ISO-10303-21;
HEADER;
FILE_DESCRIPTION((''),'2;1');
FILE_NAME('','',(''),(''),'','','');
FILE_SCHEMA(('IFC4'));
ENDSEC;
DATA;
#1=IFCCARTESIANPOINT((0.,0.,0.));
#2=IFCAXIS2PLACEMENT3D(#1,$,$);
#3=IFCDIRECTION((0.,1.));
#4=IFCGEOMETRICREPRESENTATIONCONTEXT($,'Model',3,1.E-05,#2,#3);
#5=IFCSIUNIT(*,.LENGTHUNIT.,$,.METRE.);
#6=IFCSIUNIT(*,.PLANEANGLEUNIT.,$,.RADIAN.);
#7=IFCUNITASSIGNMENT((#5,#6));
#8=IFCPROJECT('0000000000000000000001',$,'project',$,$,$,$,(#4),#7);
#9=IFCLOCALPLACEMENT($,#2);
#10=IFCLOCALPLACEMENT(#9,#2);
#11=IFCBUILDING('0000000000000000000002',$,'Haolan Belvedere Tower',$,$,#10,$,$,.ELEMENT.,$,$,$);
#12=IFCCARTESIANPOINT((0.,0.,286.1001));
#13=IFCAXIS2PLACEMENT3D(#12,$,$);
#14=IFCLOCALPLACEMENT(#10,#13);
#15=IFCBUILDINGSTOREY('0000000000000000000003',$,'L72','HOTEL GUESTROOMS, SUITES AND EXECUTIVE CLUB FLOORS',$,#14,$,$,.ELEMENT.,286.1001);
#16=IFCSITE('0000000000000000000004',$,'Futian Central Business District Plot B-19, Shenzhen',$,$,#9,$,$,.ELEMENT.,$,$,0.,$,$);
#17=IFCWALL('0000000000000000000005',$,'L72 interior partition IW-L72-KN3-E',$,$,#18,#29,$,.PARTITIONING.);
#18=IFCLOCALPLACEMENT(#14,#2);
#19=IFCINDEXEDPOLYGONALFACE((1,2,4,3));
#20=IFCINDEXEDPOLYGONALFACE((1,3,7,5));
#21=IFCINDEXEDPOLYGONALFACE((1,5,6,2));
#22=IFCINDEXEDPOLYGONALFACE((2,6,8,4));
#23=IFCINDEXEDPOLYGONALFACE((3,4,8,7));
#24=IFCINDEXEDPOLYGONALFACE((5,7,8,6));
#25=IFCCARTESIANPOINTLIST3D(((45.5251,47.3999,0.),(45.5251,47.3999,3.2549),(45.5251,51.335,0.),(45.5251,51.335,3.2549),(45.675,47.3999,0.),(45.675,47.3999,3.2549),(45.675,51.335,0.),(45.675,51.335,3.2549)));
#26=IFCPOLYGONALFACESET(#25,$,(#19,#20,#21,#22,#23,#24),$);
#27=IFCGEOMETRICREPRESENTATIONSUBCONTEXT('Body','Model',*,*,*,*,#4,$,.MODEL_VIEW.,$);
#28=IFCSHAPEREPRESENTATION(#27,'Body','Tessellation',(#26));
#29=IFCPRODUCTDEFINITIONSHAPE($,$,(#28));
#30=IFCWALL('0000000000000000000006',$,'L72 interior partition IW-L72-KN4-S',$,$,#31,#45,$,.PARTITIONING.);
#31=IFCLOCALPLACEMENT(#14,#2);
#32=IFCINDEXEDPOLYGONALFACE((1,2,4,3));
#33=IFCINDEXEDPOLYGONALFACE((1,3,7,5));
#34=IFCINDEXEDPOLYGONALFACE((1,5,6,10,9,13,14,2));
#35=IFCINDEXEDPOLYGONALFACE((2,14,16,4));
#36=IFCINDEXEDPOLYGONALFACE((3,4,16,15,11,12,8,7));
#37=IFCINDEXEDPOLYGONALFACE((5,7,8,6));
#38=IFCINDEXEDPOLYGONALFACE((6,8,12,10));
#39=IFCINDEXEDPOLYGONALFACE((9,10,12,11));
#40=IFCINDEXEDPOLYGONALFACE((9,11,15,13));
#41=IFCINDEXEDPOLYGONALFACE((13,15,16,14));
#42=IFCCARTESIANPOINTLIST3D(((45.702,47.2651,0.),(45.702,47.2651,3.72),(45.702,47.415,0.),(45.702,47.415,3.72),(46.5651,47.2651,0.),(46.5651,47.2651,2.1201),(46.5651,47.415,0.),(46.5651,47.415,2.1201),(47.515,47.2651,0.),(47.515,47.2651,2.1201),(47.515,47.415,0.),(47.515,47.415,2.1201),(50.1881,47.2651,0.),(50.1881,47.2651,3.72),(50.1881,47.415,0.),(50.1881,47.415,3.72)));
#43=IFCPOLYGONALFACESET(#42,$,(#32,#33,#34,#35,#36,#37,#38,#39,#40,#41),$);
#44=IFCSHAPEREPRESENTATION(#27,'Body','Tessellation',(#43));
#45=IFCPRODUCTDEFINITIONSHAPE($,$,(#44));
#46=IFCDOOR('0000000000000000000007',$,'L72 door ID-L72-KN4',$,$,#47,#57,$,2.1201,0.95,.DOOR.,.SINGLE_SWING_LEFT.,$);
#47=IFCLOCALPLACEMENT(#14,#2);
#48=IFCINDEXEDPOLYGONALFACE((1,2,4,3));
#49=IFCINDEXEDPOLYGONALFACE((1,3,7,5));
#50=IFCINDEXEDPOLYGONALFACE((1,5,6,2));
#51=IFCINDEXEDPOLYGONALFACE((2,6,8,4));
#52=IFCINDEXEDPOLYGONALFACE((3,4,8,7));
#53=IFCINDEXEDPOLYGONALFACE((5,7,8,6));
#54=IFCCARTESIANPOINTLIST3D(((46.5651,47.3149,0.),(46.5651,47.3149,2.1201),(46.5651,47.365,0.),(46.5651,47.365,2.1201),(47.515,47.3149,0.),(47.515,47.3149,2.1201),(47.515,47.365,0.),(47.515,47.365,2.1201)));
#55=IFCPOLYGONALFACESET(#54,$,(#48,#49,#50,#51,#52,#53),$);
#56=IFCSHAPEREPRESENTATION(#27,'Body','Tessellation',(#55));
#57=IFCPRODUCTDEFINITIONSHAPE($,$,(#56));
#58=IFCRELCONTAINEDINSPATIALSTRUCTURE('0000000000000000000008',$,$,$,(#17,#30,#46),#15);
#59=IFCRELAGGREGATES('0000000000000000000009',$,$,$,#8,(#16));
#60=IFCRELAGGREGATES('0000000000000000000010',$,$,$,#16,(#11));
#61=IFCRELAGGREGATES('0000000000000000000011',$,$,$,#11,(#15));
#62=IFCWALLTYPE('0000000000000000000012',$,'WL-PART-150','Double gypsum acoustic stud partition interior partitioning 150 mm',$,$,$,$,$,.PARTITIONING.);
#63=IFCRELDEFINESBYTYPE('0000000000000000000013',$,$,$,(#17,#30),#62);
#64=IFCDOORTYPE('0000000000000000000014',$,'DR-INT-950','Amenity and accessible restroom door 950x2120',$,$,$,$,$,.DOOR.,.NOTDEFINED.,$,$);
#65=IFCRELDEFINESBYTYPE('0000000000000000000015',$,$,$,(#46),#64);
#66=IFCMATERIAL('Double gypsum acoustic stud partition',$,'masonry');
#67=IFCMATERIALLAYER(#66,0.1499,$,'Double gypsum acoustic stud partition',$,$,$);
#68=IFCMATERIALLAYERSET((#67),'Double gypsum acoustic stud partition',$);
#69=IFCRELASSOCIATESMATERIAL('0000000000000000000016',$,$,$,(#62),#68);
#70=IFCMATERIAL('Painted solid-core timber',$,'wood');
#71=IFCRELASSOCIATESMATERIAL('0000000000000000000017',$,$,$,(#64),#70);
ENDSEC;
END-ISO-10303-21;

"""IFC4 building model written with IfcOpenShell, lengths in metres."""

from ifc_helpers import new_model, si_unit, direction, frame, frame_2d, origin, place, context, subcontext, project, spatial, rectangle, extrude, material, layer, layer_set, type_object, element, fill, save


model = new_model("IFC4")

# Units and contexts
model_context = context("Model", 3, precision=1e-05, world=origin(), true_north=direction((0.0, 1.0)))
body_context = subcontext(model_context, "Body", "Model", "MODEL_VIEW")
ifc_project = project(units=[si_unit("LENGTHUNIT", "METRE"), si_unit("PLANEANGLEUNIT", "RADIAN")], contexts=[model_context])

# Site, building, storey
site_placement = place(None, origin())
site = spatial("IfcSite", under=ifc_project, at=site_placement, Name="Futian Central Business District Plot B-19, Shenzhen", CompositionType="ELEMENT", RefElevation=0.0)
building_placement = place(site_placement, origin())
building = spatial("IfcBuilding", under=site, at=building_placement, Name="Haolan Belvedere Tower", CompositionType="ELEMENT")
storey_placement = place(building_placement, frame((0.0, 0.0, 286.1001)))
storey = spatial("IfcBuildingStorey", under=building, at=storey_placement, Name="L72", Description="HOTEL GUESTROOMS, SUITES AND EXECUTIVE CLUB FLOORS", CompositionType="ELEMENT", Elevation=286.1001)

# Shared definitions
ifc_material_1 = material(Name="Double gypsum acoustic stud partition", Category="masonry")
ifc_layer_1 = layer(ifc_material_1, 0.1499, Name="Double gypsum acoustic stud partition")
ifc_layer_set_1 = layer_set([ifc_layer_1], Name="Double gypsum acoustic stud partition")
wall_type_1 = type_object("IfcWallType", Name="WL-PART-150", Description="Double gypsum acoustic stud partition interior partitioning 150 mm", PredefinedType="PARTITIONING", material=ifc_layer_set_1)

# Shared definitions
ifc_material_2 = material(Name="Painted solid-core timber", Category="wood")
door_type = type_object("IfcDoorType", Name="DR-INT-950", Description="Amenity and accessible restroom door 950x2120", OperationType="NOTDEFINED", PredefinedType="DOOR", material=ifc_material_2)

# Wall
wall_1_placement = place(storey_placement, frame((45.6001, 47.3999, 0.0), z_axis=(0.0, 0.0, 1.0), x_axis=(0.0, 1.0, 0.0)))
element("IfcWall", 1, at=wall_1_placement, inside=storey, type_object=wall_type_1, Name="L72 interior partition IW-L72-KN3-E", PredefinedType="PARTITIONING", context=body_context, shape_type="SweptSolid", body=[
    extrude(rectangle(XDim=3.9351, YDim=0.1499, at=frame_2d((1.9675, 0.0))), origin(), (0.0, 0.0, 1.0), 3.2549),
])

# Wall, opening, door
wall_2_placement = place(storey_placement, frame((45.7019, 47.3401, 0.0), z_axis=(0.0, 0.0, 1.0), x_axis=(1.0, 0.0, 0.0)))
wall_2 = element("IfcWall", 2, at=wall_2_placement, inside=storey, type_object=wall_type_1, Name="L72 interior partition IW-L72-KN4-S", PredefinedType="PARTITIONING", context=body_context, shape_type="SweptSolid", body=[
    extrude(rectangle(XDim=4.4861, YDim=0.1499, at=frame_2d((2.2432, 0.0))), origin(), (0.0, 0.0, 1.0), 3.72),
])
opening_1_placement = place(wall_2_placement, frame((0.863, 0.0, 0.0)))
opening_1 = element("IfcOpeningElement", 3, at=opening_1_placement, cuts=wall_2, PredefinedType="OPENING", context=body_context, shape_type="SweptSolid", body=[
    extrude(rectangle(XDim=0.95, YDim=2.1201, at=frame_2d((0.4751, 1.0601))), frame((0.0, 0.085, 0.0), z_axis=(0.0, -1.0, 0.0), x_axis=(1.0, 0.0, 0.0)), (0.0, 0.0, 1.0), 0.1699),
])
door_1_placement = place(opening_1_placement, origin())
door_1 = element("IfcDoor", 4, at=door_1_placement, inside=storey, type_object=door_type, Name="L72 door ID-L72-KN4", OperationType="SINGLE_SWING_LEFT", OverallHeight=2.1201, OverallWidth=0.95, PredefinedType="DOOR", context=body_context, shape_type="SweptSolid", body=[
    extrude(rectangle(XDim=0.95, YDim=2.1201, at=frame_2d((0.4751, 1.0601))), frame((0.0, 0.0249, 0.0), z_axis=(0.0, -1.0, 0.0), x_axis=(1.0, 0.0, 0.0)), (0.0, 0.0, 1.0), 0.05),
])
fill(opening_1, door_1)

save(model, "model.ifc")
